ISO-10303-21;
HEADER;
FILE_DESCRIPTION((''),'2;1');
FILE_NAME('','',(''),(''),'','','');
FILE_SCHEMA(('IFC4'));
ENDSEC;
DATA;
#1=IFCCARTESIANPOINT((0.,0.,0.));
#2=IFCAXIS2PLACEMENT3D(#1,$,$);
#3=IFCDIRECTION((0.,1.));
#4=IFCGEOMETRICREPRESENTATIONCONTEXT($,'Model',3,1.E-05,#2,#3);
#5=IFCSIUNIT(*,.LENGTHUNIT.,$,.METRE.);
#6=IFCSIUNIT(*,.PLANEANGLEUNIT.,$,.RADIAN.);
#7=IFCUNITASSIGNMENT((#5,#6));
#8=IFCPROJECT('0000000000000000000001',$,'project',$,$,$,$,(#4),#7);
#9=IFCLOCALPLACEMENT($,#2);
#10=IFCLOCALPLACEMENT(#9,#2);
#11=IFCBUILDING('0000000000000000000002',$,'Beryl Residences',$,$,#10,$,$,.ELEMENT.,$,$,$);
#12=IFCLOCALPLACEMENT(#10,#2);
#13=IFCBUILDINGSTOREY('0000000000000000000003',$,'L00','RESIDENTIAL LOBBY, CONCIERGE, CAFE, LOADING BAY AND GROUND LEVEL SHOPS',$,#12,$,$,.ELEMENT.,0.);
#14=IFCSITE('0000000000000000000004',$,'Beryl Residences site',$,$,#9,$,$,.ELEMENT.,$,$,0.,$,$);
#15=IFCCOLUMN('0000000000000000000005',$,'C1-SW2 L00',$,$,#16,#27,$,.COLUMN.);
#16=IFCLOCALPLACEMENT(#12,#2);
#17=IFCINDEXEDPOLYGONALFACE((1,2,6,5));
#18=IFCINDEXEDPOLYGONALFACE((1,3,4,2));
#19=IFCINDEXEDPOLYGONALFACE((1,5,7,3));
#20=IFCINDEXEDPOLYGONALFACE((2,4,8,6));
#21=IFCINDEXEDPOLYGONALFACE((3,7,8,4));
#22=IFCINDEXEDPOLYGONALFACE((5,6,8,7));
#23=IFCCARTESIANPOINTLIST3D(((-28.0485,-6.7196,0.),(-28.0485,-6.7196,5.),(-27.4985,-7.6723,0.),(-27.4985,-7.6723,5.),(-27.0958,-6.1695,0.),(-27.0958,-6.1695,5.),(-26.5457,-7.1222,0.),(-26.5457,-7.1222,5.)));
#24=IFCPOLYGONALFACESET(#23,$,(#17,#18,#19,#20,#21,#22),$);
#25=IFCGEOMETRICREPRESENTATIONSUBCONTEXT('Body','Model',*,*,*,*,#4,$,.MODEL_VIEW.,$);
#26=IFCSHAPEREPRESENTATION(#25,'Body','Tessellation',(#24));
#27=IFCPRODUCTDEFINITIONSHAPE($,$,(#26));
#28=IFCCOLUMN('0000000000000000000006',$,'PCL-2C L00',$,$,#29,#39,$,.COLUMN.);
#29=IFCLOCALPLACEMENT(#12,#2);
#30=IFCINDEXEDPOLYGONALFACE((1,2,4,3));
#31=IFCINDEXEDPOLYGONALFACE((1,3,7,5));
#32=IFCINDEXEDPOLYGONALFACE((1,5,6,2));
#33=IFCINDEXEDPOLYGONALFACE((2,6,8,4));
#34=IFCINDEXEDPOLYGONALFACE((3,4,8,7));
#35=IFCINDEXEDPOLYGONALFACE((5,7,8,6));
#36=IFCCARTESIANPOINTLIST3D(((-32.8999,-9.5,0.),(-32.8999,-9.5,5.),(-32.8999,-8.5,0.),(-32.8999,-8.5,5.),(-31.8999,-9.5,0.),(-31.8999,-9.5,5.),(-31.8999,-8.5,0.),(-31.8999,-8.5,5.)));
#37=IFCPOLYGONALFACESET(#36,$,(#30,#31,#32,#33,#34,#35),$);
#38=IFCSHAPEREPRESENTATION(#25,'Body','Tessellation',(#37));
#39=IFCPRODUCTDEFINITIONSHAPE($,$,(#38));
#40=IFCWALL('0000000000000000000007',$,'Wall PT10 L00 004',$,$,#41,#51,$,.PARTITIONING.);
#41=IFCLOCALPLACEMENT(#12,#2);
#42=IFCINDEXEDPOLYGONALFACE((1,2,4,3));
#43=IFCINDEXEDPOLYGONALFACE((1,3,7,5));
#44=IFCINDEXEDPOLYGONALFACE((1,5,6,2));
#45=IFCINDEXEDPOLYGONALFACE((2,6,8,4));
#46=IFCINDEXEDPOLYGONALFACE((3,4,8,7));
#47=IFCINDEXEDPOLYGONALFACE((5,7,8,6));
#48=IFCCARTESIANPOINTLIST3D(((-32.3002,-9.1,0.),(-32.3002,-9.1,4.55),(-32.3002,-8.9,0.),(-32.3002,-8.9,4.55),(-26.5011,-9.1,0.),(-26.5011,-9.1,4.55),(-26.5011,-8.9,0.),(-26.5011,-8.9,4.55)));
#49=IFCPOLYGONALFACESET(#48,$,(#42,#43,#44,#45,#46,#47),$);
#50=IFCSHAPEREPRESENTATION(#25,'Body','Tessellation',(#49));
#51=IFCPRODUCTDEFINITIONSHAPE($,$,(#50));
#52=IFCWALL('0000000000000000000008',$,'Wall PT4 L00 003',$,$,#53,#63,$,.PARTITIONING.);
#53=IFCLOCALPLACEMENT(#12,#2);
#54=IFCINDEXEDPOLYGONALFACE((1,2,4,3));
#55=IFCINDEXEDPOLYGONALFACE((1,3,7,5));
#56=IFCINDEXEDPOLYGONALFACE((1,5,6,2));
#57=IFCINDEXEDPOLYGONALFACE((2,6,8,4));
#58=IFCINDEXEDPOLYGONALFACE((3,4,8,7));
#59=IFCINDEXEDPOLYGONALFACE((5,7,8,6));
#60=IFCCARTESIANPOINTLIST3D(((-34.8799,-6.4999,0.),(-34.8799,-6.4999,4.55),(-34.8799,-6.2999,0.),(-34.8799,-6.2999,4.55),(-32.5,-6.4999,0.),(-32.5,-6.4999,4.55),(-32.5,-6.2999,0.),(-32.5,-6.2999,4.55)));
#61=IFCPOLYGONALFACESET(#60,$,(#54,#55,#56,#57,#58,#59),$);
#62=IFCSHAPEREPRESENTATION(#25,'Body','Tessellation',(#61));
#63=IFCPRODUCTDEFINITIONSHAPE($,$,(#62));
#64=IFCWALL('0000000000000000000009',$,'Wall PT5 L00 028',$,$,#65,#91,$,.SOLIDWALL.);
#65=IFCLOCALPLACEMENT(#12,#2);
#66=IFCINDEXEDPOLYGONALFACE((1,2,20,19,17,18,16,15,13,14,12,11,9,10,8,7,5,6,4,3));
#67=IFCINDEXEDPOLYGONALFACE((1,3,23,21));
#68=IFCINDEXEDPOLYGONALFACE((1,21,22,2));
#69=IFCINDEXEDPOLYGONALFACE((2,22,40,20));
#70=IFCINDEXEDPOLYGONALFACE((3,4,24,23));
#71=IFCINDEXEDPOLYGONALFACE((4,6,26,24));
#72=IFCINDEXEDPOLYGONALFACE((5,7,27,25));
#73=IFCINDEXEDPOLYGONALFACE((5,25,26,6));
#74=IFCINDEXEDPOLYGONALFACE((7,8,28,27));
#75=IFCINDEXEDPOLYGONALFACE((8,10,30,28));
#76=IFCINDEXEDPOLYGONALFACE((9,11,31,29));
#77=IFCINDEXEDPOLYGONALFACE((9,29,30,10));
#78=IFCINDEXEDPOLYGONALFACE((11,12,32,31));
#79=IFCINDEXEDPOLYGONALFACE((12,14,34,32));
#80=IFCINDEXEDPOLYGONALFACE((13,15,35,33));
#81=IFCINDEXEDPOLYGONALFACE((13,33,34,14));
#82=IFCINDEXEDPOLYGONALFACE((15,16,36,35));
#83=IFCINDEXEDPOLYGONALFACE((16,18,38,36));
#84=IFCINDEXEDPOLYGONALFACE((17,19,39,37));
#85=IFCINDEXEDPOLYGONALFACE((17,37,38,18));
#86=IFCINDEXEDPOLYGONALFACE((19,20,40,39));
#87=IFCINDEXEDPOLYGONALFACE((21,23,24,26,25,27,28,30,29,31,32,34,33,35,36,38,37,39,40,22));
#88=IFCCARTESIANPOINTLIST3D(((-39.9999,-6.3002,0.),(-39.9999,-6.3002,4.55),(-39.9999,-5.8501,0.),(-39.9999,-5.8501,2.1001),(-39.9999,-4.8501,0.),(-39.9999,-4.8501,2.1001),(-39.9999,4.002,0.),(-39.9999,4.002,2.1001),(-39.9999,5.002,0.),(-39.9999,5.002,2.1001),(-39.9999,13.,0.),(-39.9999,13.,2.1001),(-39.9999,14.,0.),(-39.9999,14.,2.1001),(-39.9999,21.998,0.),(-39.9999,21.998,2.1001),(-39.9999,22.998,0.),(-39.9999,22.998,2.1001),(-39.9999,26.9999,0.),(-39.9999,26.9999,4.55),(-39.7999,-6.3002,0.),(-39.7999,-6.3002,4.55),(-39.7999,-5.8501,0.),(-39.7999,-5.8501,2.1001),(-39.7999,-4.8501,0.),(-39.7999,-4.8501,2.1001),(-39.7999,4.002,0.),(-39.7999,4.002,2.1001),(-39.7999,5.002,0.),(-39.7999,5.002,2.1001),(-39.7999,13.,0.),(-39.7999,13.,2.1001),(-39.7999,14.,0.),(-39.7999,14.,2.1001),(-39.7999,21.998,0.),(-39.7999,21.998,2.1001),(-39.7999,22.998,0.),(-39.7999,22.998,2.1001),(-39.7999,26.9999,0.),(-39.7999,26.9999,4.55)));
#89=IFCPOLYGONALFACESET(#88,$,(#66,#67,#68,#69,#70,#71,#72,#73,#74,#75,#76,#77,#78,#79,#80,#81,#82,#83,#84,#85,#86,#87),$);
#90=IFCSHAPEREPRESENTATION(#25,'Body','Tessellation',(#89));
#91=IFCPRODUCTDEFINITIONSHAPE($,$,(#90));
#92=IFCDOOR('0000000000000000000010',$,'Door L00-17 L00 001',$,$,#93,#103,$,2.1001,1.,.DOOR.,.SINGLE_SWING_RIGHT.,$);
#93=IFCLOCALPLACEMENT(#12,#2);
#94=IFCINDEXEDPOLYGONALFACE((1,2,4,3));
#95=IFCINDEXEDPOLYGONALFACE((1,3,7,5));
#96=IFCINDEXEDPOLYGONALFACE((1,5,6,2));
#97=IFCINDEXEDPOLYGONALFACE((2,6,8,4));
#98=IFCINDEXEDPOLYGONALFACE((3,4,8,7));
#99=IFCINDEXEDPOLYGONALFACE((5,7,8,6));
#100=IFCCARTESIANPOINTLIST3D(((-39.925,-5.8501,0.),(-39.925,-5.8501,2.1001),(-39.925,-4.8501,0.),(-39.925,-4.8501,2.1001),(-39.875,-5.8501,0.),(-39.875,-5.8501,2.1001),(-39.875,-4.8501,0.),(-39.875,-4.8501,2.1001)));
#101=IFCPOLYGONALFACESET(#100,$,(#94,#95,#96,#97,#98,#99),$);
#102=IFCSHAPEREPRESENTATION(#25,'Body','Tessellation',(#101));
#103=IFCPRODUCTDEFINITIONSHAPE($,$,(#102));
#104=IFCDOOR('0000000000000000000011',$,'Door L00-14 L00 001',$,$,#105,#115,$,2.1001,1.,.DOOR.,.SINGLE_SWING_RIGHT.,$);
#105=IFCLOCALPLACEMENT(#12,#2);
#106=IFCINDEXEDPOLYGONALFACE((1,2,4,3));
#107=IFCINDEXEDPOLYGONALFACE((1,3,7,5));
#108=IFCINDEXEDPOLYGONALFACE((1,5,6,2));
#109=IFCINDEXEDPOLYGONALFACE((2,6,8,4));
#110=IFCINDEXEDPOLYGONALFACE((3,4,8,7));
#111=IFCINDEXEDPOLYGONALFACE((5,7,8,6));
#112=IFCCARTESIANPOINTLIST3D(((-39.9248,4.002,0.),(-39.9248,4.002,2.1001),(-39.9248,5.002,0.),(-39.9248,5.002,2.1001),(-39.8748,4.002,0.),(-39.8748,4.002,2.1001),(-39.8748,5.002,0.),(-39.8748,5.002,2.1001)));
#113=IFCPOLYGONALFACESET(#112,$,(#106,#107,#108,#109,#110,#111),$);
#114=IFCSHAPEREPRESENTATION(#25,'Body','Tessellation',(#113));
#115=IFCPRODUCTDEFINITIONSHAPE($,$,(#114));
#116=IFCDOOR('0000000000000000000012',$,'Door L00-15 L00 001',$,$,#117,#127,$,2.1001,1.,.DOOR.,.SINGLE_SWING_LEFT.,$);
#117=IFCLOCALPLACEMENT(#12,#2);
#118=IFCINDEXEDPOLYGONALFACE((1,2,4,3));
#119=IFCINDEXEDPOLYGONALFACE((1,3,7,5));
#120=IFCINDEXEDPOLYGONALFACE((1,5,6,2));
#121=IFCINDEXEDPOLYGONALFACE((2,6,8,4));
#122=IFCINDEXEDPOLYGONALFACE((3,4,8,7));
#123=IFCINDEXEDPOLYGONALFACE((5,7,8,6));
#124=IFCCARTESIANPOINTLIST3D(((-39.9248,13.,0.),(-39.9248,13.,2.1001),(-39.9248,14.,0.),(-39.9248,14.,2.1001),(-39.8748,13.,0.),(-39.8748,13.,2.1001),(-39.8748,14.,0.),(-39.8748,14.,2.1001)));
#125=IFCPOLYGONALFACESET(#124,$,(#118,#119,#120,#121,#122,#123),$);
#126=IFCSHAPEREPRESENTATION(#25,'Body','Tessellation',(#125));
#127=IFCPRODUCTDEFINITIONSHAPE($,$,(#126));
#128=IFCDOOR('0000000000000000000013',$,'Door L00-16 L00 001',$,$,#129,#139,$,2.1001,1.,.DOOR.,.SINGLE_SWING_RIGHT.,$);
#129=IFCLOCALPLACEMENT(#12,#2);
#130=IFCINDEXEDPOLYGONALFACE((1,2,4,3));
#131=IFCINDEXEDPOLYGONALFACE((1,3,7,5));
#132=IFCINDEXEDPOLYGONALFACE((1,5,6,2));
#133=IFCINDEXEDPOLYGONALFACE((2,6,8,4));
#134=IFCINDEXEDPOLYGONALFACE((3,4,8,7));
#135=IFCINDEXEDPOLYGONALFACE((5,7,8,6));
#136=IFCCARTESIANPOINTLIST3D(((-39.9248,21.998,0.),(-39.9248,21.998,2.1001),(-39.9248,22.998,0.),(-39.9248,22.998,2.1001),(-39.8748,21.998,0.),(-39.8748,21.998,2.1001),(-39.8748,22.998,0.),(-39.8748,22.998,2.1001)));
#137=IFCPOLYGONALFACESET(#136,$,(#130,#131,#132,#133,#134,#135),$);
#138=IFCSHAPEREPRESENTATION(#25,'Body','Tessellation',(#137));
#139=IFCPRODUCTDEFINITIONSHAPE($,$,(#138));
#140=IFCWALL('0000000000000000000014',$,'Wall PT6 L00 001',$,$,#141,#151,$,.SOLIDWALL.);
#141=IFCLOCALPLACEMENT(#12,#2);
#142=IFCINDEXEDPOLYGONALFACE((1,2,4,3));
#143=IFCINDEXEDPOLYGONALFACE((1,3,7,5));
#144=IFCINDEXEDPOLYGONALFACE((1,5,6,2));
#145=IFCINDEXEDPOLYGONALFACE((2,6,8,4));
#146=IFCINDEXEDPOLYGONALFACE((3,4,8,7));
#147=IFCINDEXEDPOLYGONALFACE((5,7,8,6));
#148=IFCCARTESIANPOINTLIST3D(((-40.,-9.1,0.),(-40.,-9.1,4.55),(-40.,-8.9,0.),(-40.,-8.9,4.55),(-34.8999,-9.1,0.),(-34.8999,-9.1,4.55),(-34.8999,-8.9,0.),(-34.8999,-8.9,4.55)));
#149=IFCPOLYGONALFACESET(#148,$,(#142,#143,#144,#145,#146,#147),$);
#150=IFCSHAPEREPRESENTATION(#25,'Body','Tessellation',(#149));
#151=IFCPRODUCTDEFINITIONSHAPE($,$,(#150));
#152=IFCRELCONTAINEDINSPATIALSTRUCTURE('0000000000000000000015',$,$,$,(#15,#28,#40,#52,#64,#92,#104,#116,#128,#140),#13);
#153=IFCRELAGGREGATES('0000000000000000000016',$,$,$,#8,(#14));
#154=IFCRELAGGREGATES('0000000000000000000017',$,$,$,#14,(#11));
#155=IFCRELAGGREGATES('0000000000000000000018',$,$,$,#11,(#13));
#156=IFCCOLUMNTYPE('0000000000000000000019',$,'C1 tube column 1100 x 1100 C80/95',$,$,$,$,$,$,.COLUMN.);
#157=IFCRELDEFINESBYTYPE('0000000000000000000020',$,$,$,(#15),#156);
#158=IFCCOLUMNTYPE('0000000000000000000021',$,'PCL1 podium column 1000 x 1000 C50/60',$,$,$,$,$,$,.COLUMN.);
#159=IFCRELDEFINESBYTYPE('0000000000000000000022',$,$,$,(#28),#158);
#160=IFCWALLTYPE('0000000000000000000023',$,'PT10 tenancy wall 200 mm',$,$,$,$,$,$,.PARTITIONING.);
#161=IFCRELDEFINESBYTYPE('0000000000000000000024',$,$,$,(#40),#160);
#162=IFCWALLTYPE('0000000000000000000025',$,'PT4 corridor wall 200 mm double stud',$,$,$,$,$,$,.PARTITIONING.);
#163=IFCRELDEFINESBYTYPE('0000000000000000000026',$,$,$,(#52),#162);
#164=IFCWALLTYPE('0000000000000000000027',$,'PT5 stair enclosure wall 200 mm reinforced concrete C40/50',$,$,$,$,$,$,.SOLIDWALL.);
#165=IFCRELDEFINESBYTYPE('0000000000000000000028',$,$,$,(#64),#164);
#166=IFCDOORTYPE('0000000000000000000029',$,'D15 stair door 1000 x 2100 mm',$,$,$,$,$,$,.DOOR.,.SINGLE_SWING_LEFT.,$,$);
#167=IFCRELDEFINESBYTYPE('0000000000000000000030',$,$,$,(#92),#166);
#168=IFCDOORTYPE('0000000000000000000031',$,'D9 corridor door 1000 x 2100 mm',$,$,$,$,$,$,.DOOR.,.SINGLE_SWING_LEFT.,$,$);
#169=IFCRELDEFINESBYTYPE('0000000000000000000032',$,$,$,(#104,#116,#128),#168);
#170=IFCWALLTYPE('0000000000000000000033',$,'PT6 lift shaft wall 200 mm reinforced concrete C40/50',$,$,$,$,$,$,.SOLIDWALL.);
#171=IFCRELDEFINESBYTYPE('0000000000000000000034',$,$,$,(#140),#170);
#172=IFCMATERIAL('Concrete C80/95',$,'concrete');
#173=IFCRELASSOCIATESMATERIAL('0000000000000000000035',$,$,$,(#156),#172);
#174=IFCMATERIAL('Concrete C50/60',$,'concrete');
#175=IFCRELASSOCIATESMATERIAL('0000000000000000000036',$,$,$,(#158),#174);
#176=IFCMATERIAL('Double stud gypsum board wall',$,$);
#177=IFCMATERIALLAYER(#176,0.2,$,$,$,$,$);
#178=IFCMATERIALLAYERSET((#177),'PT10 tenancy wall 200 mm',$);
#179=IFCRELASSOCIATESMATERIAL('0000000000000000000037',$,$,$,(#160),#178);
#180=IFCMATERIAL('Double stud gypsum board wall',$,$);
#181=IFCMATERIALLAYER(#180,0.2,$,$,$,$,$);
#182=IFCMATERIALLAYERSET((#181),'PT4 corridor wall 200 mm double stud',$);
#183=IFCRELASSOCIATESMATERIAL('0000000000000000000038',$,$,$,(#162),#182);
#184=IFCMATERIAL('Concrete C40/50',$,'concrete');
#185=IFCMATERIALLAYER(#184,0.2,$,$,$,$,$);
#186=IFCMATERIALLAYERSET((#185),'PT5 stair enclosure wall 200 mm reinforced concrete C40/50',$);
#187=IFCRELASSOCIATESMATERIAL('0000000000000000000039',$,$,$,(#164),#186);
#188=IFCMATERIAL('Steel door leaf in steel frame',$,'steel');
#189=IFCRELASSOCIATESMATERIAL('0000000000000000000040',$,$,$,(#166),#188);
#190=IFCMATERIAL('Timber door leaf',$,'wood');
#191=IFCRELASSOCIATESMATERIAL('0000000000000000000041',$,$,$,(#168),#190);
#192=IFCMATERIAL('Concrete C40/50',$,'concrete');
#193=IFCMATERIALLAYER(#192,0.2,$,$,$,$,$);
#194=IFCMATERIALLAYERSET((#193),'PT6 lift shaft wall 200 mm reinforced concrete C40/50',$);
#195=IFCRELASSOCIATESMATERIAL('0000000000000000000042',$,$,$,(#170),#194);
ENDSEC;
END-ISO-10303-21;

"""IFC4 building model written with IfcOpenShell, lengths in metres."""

from ifc_helpers import new_model, si_unit, direction, frame, frame_2d, origin, origin_2d, place, context, subcontext, project, spatial, rectangle, extrude, material, layer, layer_set, material_profile, profile_set, type_object, element, fill, save


model = new_model("IFC4")

# Units and contexts
model_context = context("Model", 3, precision=1e-05, world=origin(), true_north=direction((0.0, 1.0)))
body_context = subcontext(model_context, "Body", "Model", "MODEL_VIEW")
ifc_project = project(units=[si_unit("LENGTHUNIT", "METRE"), si_unit("PLANEANGLEUNIT", "RADIAN")], contexts=[model_context])

# Site, building, storey
site_placement = place(None, origin())
site = spatial("IfcSite", under=ifc_project, at=site_placement, Name="Beryl Residences site", CompositionType="ELEMENT", RefElevation=0.0)
building_placement = place(site_placement, origin())
building = spatial("IfcBuilding", under=site, at=building_placement, Name="Beryl Residences", CompositionType="ELEMENT")
storey_placement = place(building_placement, origin())
storey = spatial("IfcBuildingStorey", under=building, at=storey_placement, Name="L00", Description="RESIDENTIAL LOBBY, CONCIERGE, CAFE, LOADING BAY AND GROUND LEVEL SHOPS", CompositionType="ELEMENT", Elevation=0.0)

# Columns
ifc_material_1 = material(Name="Concrete C80/95", Category="concrete")
ifc_material_profile_1 = material_profile(ifc_material_1, rectangle(XDim=1.1001, YDim=1.1001, at=origin_2d()))
ifc_profile_set_1 = profile_set([ifc_material_profile_1], Name="Concrete C80/95")
column_type_1 = type_object("IfcColumnType", Name="C1 tube column 1100 x 1100 C80/95", PredefinedType="COLUMN", material=ifc_profile_set_1)
column_1_placement = place(storey_placement, frame((-27.2971, -6.9209, 0.0), z_axis=(0.0, 0.0, 1.0), x_axis=(0.499985, -0.866034, 0.0)))
element("IfcColumn", 1, at=column_1_placement, inside=storey, type_object=column_type_1, Name="C1-SW2 L00", PredefinedType="COLUMN", context=body_context, shape_type="SweptSolid", body=[
    extrude(rectangle(XDim=1.1001, YDim=1.1001, at=origin_2d()), origin(), (0.0, 0.0, 1.0), 5.0),
])
ifc_material_2 = material(Name="Concrete C50/60", Category="concrete")
ifc_material_profile_2 = material_profile(ifc_material_2, rectangle(XDim=1.0, YDim=1.0, at=origin_2d()))
ifc_profile_set_2 = profile_set([ifc_material_profile_2], Name="Concrete C50/60")
column_type_2 = type_object("IfcColumnType", Name="PCL1 podium column 1000 x 1000 C50/60", PredefinedType="COLUMN", material=ifc_profile_set_2)
column_2_placement = place(storey_placement, frame((-32.3999, -9.0, 0.0), z_axis=(0.0, 0.0, 1.0), x_axis=(1.0, 0.0, 0.0)))
element("IfcColumn", 2, at=column_2_placement, inside=storey, type_object=column_type_2, Name="PCL-2C L00", PredefinedType="COLUMN", context=body_context, shape_type="SweptSolid", body=[
    extrude(rectangle(XDim=1.0, YDim=1.0, at=origin_2d()), origin(), (0.0, 0.0, 1.0), 5.0),
])

# Walls
ifc_material_3 = material(Name="Double stud gypsum board wall")
ifc_layer_1 = layer(ifc_material_3, 0.2)
ifc_layer_set_1 = layer_set([ifc_layer_1], Name="PT10 tenancy wall 200 mm")
wall_type_1 = type_object("IfcWallType", Name="PT10 tenancy wall 200 mm", PredefinedType="PARTITIONING", material=ifc_layer_set_1)
wall_1_placement = place(storey_placement, frame((-32.3, -9.0, 0.0), z_axis=(0.0, 0.0, 1.0), x_axis=(1.0, 0.0, 0.0)))
element("IfcWall", 3, at=wall_1_placement, inside=storey, type_object=wall_type_1, Name="Wall PT10 L00 004", PredefinedType="PARTITIONING", context=body_context, shape_type="SweptSolid", body=[
    extrude(rectangle(XDim=5.7991, YDim=0.2, at=frame_2d((2.8994, 0.0))), origin(), (0.0, 0.0, 1.0), 4.55),
])
ifc_material_4 = material(Name="Double stud gypsum board wall")
ifc_layer_2 = layer(ifc_material_4, 0.2)
ifc_layer_set_2 = layer_set([ifc_layer_2], Name="PT4 corridor wall 200 mm double stud")
wall_type_2 = type_object("IfcWallType", Name="PT4 corridor wall 200 mm double stud", PredefinedType="PARTITIONING", material=ifc_layer_set_2)
wall_2_placement = place(storey_placement, frame((-34.8799, -6.3999, 0.0), z_axis=(0.0, 0.0, 1.0), x_axis=(1.0, 0.0, 0.0)))
element("IfcWall", 4, at=wall_2_placement, inside=storey, type_object=wall_type_2, Name="Wall PT4 L00 003", PredefinedType="PARTITIONING", context=body_context, shape_type="SweptSolid", body=[
    extrude(rectangle(XDim=2.3799, YDim=0.2, at=frame_2d((1.1899, 0.0))), origin(), (0.0, 0.0, 1.0), 4.55),
])

# Wall, openings, doors
ifc_material_5 = material(Name="Concrete C40/50", Category="concrete")
ifc_layer_3 = layer(ifc_material_5, 0.2)
ifc_layer_set_3 = layer_set([ifc_layer_3], Name="PT5 stair enclosure wall 200 mm reinforced concrete C40/50")
wall_type_3 = type_object("IfcWallType", Name="PT5 stair enclosure wall 200 mm reinforced concrete C40/50", PredefinedType="SOLIDWALL", material=ifc_layer_set_3)
wall_3_placement = place(storey_placement, frame((-39.8999, -6.3, 0.0), z_axis=(0.0, 0.0, 1.0), x_axis=(0.0, 1.0, 0.0)))
wall_3 = element("IfcWall", 5, at=wall_3_placement, inside=storey, type_object=wall_type_3, Name="Wall PT5 L00 028", PredefinedType="SOLIDWALL", context=body_context, shape_type="SweptSolid", body=[
    extrude(rectangle(XDim=33.3, YDim=0.2, at=frame_2d((16.6499, 0.0))), origin(), (0.0, 0.0, 1.0), 4.55),
])
opening_1_placement = place(wall_3_placement, frame((10.302, 0.0, 0.0)))
opening_1 = element("IfcOpeningElement", 6, at=opening_1_placement, cuts=wall_3, PredefinedType="OPENING", context=body_context, shape_type="SweptSolid", body=[
    extrude(rectangle(XDim=1.0, YDim=2.1001, at=frame_2d((0.5, 1.05))), frame((0.0, 0.1099, 0.0), z_axis=(0.0, -1.0, 0.0), x_axis=(1.0, 0.0, 0.0)), (0.0, 0.0, 1.0), 0.22),
])
opening_2_placement = place(wall_3_placement, frame((19.3, 0.0, 0.0)))
opening_2 = element("IfcOpeningElement", 7, at=opening_2_placement, cuts=wall_3, PredefinedType="OPENING", context=body_context, shape_type="SweptSolid", body=[
    extrude(rectangle(XDim=1.0, YDim=2.1001, at=frame_2d((0.5, 1.05))), frame((0.0, 0.1099, 0.0), z_axis=(0.0, -1.0, 0.0), x_axis=(1.0, 0.0, 0.0)), (0.0, 0.0, 1.0), 0.22),
])
opening_3_placement = place(wall_3_placement, frame((28.2981, 0.0, 0.0)))
opening_3 = element("IfcOpeningElement", 8, at=opening_3_placement, cuts=wall_3, PredefinedType="OPENING", context=body_context, shape_type="SweptSolid", body=[
    extrude(rectangle(XDim=1.0, YDim=2.1001, at=frame_2d((0.5, 1.05))), frame((0.0, 0.1099, 0.0), z_axis=(0.0, -1.0, 0.0), x_axis=(1.0, 0.0, 0.0)), (0.0, 0.0, 1.0), 0.22),
])
opening_4_placement = place(wall_3_placement, frame((1.45, 0.0, 0.0), z_axis=(0.0, 0.0, 1.0), x_axis=(-1.0, 0.0, 0.0)))
opening_4 = element("IfcOpeningElement", 9, at=opening_4_placement, cuts=wall_3, PredefinedType="OPENING", context=body_context, shape_type="SweptSolid", body=[
    extrude(rectangle(XDim=1.0, YDim=2.1001, at=frame_2d((0.5, 1.05))), frame((0.0, 0.1099, 0.0), z_axis=(0.0, -1.0, 0.0), x_axis=(1.0, 0.0, 0.0)), (0.0, 0.0, 1.0), 0.22),
])
ifc_material_6 = material(Name="Steel door leaf in steel frame", Category="steel")
door_type_1 = type_object("IfcDoorType", Name="D15 stair door 1000 x 2100 mm", OperationType="SINGLE_SWING_LEFT", PredefinedType="DOOR", material=ifc_material_6)
door_1_placement = place(opening_4_placement, origin())
door_1 = element("IfcDoor", 10, at=door_1_placement, inside=storey, type_object=door_type_1, Name="Door L00-17 L00 001", OperationType="SINGLE_SWING_RIGHT", OverallHeight=2.1001, OverallWidth=1.0, PredefinedType="DOOR", context=body_context, shape_type="SweptSolid", body=[
    extrude(rectangle(XDim=1.0, YDim=2.1001, at=frame_2d((0.5, 1.05))), frame((0.0, 0.0249, 0.0), z_axis=(0.0, -1.0, 0.0), x_axis=(1.0, 0.0, 0.0)), (0.0, 0.0, 1.0), 0.05),
])
fill(opening_4, door_1)
ifc_material_7 = material(Name="Timber door leaf", Category="wood")
door_type_2 = type_object("IfcDoorType", Name="D9 corridor door 1000 x 2100 mm", OperationType="SINGLE_SWING_LEFT", PredefinedType="DOOR", material=ifc_material_7)
door_2_placement = place(opening_1_placement, origin())
door_2 = element("IfcDoor", 11, at=door_2_placement, inside=storey, type_object=door_type_2, Name="Door L00-14 L00 001", OperationType="SINGLE_SWING_RIGHT", OverallHeight=2.1001, OverallWidth=1.0, PredefinedType="DOOR", context=body_context, shape_type="SweptSolid", body=[
    extrude(rectangle(XDim=1.0, YDim=2.1001, at=frame_2d((0.5, 1.05))), frame((0.0, 0.0249, 0.0), z_axis=(0.0, -1.0, 0.0), x_axis=(1.0, 0.0, 0.0)), (0.0, 0.0, 1.0), 0.05),
])
fill(opening_1, door_2)
door_3_placement = place(opening_2_placement, origin())
door_3 = element("IfcDoor", 12, at=door_3_placement, inside=storey, type_object=door_type_2, Name="Door L00-15 L00 001", OperationType="SINGLE_SWING_LEFT", OverallHeight=2.1001, OverallWidth=1.0, PredefinedType="DOOR", context=body_context, shape_type="SweptSolid", body=[
    extrude(rectangle(XDim=1.0, YDim=2.1001, at=frame_2d((0.5, 1.05))), frame((0.0, 0.0249, 0.0), z_axis=(0.0, -1.0, 0.0), x_axis=(1.0, 0.0, 0.0)), (0.0, 0.0, 1.0), 0.05),
])
fill(opening_2, door_3)
door_4_placement = place(opening_3_placement, origin())
door_4 = element("IfcDoor", 13, at=door_4_placement, inside=storey, type_object=door_type_2, Name="Door L00-16 L00 001", OperationType="SINGLE_SWING_RIGHT", OverallHeight=2.1001, OverallWidth=1.0, PredefinedType="DOOR", context=body_context, shape_type="SweptSolid", body=[
    extrude(rectangle(XDim=1.0, YDim=2.1001, at=frame_2d((0.5, 1.05))), frame((0.0, 0.0249, 0.0), z_axis=(0.0, -1.0, 0.0), x_axis=(1.0, 0.0, 0.0)), (0.0, 0.0, 1.0), 0.05),
])
fill(opening_3, door_4)

# Wall
ifc_material_8 = material(Name="Concrete C40/50", Category="concrete")
ifc_layer_4 = layer(ifc_material_8, 0.2)
ifc_layer_set_4 = layer_set([ifc_layer_4], Name="PT6 lift shaft wall 200 mm reinforced concrete C40/50")
wall_type_4 = type_object("IfcWallType", Name="PT6 lift shaft wall 200 mm reinforced concrete C40/50", PredefinedType="SOLIDWALL", material=ifc_layer_set_4)
wall_4_placement = place(storey_placement, frame((-40.0, -9.0, 0.0), z_axis=(0.0, 0.0, 1.0), x_axis=(1.0, 0.0, 0.0)))
element("IfcWall", 14, at=wall_4_placement, inside=storey, type_object=wall_type_4, Name="Wall PT6 L00 001", PredefinedType="SOLIDWALL", context=body_context, shape_type="SweptSolid", body=[
    extrude(rectangle(XDim=5.1001, YDim=0.2, at=frame_2d((2.55, 0.0))), origin(), (0.0, 0.0, 1.0), 4.55),
])

save(model, "model.ifc")
